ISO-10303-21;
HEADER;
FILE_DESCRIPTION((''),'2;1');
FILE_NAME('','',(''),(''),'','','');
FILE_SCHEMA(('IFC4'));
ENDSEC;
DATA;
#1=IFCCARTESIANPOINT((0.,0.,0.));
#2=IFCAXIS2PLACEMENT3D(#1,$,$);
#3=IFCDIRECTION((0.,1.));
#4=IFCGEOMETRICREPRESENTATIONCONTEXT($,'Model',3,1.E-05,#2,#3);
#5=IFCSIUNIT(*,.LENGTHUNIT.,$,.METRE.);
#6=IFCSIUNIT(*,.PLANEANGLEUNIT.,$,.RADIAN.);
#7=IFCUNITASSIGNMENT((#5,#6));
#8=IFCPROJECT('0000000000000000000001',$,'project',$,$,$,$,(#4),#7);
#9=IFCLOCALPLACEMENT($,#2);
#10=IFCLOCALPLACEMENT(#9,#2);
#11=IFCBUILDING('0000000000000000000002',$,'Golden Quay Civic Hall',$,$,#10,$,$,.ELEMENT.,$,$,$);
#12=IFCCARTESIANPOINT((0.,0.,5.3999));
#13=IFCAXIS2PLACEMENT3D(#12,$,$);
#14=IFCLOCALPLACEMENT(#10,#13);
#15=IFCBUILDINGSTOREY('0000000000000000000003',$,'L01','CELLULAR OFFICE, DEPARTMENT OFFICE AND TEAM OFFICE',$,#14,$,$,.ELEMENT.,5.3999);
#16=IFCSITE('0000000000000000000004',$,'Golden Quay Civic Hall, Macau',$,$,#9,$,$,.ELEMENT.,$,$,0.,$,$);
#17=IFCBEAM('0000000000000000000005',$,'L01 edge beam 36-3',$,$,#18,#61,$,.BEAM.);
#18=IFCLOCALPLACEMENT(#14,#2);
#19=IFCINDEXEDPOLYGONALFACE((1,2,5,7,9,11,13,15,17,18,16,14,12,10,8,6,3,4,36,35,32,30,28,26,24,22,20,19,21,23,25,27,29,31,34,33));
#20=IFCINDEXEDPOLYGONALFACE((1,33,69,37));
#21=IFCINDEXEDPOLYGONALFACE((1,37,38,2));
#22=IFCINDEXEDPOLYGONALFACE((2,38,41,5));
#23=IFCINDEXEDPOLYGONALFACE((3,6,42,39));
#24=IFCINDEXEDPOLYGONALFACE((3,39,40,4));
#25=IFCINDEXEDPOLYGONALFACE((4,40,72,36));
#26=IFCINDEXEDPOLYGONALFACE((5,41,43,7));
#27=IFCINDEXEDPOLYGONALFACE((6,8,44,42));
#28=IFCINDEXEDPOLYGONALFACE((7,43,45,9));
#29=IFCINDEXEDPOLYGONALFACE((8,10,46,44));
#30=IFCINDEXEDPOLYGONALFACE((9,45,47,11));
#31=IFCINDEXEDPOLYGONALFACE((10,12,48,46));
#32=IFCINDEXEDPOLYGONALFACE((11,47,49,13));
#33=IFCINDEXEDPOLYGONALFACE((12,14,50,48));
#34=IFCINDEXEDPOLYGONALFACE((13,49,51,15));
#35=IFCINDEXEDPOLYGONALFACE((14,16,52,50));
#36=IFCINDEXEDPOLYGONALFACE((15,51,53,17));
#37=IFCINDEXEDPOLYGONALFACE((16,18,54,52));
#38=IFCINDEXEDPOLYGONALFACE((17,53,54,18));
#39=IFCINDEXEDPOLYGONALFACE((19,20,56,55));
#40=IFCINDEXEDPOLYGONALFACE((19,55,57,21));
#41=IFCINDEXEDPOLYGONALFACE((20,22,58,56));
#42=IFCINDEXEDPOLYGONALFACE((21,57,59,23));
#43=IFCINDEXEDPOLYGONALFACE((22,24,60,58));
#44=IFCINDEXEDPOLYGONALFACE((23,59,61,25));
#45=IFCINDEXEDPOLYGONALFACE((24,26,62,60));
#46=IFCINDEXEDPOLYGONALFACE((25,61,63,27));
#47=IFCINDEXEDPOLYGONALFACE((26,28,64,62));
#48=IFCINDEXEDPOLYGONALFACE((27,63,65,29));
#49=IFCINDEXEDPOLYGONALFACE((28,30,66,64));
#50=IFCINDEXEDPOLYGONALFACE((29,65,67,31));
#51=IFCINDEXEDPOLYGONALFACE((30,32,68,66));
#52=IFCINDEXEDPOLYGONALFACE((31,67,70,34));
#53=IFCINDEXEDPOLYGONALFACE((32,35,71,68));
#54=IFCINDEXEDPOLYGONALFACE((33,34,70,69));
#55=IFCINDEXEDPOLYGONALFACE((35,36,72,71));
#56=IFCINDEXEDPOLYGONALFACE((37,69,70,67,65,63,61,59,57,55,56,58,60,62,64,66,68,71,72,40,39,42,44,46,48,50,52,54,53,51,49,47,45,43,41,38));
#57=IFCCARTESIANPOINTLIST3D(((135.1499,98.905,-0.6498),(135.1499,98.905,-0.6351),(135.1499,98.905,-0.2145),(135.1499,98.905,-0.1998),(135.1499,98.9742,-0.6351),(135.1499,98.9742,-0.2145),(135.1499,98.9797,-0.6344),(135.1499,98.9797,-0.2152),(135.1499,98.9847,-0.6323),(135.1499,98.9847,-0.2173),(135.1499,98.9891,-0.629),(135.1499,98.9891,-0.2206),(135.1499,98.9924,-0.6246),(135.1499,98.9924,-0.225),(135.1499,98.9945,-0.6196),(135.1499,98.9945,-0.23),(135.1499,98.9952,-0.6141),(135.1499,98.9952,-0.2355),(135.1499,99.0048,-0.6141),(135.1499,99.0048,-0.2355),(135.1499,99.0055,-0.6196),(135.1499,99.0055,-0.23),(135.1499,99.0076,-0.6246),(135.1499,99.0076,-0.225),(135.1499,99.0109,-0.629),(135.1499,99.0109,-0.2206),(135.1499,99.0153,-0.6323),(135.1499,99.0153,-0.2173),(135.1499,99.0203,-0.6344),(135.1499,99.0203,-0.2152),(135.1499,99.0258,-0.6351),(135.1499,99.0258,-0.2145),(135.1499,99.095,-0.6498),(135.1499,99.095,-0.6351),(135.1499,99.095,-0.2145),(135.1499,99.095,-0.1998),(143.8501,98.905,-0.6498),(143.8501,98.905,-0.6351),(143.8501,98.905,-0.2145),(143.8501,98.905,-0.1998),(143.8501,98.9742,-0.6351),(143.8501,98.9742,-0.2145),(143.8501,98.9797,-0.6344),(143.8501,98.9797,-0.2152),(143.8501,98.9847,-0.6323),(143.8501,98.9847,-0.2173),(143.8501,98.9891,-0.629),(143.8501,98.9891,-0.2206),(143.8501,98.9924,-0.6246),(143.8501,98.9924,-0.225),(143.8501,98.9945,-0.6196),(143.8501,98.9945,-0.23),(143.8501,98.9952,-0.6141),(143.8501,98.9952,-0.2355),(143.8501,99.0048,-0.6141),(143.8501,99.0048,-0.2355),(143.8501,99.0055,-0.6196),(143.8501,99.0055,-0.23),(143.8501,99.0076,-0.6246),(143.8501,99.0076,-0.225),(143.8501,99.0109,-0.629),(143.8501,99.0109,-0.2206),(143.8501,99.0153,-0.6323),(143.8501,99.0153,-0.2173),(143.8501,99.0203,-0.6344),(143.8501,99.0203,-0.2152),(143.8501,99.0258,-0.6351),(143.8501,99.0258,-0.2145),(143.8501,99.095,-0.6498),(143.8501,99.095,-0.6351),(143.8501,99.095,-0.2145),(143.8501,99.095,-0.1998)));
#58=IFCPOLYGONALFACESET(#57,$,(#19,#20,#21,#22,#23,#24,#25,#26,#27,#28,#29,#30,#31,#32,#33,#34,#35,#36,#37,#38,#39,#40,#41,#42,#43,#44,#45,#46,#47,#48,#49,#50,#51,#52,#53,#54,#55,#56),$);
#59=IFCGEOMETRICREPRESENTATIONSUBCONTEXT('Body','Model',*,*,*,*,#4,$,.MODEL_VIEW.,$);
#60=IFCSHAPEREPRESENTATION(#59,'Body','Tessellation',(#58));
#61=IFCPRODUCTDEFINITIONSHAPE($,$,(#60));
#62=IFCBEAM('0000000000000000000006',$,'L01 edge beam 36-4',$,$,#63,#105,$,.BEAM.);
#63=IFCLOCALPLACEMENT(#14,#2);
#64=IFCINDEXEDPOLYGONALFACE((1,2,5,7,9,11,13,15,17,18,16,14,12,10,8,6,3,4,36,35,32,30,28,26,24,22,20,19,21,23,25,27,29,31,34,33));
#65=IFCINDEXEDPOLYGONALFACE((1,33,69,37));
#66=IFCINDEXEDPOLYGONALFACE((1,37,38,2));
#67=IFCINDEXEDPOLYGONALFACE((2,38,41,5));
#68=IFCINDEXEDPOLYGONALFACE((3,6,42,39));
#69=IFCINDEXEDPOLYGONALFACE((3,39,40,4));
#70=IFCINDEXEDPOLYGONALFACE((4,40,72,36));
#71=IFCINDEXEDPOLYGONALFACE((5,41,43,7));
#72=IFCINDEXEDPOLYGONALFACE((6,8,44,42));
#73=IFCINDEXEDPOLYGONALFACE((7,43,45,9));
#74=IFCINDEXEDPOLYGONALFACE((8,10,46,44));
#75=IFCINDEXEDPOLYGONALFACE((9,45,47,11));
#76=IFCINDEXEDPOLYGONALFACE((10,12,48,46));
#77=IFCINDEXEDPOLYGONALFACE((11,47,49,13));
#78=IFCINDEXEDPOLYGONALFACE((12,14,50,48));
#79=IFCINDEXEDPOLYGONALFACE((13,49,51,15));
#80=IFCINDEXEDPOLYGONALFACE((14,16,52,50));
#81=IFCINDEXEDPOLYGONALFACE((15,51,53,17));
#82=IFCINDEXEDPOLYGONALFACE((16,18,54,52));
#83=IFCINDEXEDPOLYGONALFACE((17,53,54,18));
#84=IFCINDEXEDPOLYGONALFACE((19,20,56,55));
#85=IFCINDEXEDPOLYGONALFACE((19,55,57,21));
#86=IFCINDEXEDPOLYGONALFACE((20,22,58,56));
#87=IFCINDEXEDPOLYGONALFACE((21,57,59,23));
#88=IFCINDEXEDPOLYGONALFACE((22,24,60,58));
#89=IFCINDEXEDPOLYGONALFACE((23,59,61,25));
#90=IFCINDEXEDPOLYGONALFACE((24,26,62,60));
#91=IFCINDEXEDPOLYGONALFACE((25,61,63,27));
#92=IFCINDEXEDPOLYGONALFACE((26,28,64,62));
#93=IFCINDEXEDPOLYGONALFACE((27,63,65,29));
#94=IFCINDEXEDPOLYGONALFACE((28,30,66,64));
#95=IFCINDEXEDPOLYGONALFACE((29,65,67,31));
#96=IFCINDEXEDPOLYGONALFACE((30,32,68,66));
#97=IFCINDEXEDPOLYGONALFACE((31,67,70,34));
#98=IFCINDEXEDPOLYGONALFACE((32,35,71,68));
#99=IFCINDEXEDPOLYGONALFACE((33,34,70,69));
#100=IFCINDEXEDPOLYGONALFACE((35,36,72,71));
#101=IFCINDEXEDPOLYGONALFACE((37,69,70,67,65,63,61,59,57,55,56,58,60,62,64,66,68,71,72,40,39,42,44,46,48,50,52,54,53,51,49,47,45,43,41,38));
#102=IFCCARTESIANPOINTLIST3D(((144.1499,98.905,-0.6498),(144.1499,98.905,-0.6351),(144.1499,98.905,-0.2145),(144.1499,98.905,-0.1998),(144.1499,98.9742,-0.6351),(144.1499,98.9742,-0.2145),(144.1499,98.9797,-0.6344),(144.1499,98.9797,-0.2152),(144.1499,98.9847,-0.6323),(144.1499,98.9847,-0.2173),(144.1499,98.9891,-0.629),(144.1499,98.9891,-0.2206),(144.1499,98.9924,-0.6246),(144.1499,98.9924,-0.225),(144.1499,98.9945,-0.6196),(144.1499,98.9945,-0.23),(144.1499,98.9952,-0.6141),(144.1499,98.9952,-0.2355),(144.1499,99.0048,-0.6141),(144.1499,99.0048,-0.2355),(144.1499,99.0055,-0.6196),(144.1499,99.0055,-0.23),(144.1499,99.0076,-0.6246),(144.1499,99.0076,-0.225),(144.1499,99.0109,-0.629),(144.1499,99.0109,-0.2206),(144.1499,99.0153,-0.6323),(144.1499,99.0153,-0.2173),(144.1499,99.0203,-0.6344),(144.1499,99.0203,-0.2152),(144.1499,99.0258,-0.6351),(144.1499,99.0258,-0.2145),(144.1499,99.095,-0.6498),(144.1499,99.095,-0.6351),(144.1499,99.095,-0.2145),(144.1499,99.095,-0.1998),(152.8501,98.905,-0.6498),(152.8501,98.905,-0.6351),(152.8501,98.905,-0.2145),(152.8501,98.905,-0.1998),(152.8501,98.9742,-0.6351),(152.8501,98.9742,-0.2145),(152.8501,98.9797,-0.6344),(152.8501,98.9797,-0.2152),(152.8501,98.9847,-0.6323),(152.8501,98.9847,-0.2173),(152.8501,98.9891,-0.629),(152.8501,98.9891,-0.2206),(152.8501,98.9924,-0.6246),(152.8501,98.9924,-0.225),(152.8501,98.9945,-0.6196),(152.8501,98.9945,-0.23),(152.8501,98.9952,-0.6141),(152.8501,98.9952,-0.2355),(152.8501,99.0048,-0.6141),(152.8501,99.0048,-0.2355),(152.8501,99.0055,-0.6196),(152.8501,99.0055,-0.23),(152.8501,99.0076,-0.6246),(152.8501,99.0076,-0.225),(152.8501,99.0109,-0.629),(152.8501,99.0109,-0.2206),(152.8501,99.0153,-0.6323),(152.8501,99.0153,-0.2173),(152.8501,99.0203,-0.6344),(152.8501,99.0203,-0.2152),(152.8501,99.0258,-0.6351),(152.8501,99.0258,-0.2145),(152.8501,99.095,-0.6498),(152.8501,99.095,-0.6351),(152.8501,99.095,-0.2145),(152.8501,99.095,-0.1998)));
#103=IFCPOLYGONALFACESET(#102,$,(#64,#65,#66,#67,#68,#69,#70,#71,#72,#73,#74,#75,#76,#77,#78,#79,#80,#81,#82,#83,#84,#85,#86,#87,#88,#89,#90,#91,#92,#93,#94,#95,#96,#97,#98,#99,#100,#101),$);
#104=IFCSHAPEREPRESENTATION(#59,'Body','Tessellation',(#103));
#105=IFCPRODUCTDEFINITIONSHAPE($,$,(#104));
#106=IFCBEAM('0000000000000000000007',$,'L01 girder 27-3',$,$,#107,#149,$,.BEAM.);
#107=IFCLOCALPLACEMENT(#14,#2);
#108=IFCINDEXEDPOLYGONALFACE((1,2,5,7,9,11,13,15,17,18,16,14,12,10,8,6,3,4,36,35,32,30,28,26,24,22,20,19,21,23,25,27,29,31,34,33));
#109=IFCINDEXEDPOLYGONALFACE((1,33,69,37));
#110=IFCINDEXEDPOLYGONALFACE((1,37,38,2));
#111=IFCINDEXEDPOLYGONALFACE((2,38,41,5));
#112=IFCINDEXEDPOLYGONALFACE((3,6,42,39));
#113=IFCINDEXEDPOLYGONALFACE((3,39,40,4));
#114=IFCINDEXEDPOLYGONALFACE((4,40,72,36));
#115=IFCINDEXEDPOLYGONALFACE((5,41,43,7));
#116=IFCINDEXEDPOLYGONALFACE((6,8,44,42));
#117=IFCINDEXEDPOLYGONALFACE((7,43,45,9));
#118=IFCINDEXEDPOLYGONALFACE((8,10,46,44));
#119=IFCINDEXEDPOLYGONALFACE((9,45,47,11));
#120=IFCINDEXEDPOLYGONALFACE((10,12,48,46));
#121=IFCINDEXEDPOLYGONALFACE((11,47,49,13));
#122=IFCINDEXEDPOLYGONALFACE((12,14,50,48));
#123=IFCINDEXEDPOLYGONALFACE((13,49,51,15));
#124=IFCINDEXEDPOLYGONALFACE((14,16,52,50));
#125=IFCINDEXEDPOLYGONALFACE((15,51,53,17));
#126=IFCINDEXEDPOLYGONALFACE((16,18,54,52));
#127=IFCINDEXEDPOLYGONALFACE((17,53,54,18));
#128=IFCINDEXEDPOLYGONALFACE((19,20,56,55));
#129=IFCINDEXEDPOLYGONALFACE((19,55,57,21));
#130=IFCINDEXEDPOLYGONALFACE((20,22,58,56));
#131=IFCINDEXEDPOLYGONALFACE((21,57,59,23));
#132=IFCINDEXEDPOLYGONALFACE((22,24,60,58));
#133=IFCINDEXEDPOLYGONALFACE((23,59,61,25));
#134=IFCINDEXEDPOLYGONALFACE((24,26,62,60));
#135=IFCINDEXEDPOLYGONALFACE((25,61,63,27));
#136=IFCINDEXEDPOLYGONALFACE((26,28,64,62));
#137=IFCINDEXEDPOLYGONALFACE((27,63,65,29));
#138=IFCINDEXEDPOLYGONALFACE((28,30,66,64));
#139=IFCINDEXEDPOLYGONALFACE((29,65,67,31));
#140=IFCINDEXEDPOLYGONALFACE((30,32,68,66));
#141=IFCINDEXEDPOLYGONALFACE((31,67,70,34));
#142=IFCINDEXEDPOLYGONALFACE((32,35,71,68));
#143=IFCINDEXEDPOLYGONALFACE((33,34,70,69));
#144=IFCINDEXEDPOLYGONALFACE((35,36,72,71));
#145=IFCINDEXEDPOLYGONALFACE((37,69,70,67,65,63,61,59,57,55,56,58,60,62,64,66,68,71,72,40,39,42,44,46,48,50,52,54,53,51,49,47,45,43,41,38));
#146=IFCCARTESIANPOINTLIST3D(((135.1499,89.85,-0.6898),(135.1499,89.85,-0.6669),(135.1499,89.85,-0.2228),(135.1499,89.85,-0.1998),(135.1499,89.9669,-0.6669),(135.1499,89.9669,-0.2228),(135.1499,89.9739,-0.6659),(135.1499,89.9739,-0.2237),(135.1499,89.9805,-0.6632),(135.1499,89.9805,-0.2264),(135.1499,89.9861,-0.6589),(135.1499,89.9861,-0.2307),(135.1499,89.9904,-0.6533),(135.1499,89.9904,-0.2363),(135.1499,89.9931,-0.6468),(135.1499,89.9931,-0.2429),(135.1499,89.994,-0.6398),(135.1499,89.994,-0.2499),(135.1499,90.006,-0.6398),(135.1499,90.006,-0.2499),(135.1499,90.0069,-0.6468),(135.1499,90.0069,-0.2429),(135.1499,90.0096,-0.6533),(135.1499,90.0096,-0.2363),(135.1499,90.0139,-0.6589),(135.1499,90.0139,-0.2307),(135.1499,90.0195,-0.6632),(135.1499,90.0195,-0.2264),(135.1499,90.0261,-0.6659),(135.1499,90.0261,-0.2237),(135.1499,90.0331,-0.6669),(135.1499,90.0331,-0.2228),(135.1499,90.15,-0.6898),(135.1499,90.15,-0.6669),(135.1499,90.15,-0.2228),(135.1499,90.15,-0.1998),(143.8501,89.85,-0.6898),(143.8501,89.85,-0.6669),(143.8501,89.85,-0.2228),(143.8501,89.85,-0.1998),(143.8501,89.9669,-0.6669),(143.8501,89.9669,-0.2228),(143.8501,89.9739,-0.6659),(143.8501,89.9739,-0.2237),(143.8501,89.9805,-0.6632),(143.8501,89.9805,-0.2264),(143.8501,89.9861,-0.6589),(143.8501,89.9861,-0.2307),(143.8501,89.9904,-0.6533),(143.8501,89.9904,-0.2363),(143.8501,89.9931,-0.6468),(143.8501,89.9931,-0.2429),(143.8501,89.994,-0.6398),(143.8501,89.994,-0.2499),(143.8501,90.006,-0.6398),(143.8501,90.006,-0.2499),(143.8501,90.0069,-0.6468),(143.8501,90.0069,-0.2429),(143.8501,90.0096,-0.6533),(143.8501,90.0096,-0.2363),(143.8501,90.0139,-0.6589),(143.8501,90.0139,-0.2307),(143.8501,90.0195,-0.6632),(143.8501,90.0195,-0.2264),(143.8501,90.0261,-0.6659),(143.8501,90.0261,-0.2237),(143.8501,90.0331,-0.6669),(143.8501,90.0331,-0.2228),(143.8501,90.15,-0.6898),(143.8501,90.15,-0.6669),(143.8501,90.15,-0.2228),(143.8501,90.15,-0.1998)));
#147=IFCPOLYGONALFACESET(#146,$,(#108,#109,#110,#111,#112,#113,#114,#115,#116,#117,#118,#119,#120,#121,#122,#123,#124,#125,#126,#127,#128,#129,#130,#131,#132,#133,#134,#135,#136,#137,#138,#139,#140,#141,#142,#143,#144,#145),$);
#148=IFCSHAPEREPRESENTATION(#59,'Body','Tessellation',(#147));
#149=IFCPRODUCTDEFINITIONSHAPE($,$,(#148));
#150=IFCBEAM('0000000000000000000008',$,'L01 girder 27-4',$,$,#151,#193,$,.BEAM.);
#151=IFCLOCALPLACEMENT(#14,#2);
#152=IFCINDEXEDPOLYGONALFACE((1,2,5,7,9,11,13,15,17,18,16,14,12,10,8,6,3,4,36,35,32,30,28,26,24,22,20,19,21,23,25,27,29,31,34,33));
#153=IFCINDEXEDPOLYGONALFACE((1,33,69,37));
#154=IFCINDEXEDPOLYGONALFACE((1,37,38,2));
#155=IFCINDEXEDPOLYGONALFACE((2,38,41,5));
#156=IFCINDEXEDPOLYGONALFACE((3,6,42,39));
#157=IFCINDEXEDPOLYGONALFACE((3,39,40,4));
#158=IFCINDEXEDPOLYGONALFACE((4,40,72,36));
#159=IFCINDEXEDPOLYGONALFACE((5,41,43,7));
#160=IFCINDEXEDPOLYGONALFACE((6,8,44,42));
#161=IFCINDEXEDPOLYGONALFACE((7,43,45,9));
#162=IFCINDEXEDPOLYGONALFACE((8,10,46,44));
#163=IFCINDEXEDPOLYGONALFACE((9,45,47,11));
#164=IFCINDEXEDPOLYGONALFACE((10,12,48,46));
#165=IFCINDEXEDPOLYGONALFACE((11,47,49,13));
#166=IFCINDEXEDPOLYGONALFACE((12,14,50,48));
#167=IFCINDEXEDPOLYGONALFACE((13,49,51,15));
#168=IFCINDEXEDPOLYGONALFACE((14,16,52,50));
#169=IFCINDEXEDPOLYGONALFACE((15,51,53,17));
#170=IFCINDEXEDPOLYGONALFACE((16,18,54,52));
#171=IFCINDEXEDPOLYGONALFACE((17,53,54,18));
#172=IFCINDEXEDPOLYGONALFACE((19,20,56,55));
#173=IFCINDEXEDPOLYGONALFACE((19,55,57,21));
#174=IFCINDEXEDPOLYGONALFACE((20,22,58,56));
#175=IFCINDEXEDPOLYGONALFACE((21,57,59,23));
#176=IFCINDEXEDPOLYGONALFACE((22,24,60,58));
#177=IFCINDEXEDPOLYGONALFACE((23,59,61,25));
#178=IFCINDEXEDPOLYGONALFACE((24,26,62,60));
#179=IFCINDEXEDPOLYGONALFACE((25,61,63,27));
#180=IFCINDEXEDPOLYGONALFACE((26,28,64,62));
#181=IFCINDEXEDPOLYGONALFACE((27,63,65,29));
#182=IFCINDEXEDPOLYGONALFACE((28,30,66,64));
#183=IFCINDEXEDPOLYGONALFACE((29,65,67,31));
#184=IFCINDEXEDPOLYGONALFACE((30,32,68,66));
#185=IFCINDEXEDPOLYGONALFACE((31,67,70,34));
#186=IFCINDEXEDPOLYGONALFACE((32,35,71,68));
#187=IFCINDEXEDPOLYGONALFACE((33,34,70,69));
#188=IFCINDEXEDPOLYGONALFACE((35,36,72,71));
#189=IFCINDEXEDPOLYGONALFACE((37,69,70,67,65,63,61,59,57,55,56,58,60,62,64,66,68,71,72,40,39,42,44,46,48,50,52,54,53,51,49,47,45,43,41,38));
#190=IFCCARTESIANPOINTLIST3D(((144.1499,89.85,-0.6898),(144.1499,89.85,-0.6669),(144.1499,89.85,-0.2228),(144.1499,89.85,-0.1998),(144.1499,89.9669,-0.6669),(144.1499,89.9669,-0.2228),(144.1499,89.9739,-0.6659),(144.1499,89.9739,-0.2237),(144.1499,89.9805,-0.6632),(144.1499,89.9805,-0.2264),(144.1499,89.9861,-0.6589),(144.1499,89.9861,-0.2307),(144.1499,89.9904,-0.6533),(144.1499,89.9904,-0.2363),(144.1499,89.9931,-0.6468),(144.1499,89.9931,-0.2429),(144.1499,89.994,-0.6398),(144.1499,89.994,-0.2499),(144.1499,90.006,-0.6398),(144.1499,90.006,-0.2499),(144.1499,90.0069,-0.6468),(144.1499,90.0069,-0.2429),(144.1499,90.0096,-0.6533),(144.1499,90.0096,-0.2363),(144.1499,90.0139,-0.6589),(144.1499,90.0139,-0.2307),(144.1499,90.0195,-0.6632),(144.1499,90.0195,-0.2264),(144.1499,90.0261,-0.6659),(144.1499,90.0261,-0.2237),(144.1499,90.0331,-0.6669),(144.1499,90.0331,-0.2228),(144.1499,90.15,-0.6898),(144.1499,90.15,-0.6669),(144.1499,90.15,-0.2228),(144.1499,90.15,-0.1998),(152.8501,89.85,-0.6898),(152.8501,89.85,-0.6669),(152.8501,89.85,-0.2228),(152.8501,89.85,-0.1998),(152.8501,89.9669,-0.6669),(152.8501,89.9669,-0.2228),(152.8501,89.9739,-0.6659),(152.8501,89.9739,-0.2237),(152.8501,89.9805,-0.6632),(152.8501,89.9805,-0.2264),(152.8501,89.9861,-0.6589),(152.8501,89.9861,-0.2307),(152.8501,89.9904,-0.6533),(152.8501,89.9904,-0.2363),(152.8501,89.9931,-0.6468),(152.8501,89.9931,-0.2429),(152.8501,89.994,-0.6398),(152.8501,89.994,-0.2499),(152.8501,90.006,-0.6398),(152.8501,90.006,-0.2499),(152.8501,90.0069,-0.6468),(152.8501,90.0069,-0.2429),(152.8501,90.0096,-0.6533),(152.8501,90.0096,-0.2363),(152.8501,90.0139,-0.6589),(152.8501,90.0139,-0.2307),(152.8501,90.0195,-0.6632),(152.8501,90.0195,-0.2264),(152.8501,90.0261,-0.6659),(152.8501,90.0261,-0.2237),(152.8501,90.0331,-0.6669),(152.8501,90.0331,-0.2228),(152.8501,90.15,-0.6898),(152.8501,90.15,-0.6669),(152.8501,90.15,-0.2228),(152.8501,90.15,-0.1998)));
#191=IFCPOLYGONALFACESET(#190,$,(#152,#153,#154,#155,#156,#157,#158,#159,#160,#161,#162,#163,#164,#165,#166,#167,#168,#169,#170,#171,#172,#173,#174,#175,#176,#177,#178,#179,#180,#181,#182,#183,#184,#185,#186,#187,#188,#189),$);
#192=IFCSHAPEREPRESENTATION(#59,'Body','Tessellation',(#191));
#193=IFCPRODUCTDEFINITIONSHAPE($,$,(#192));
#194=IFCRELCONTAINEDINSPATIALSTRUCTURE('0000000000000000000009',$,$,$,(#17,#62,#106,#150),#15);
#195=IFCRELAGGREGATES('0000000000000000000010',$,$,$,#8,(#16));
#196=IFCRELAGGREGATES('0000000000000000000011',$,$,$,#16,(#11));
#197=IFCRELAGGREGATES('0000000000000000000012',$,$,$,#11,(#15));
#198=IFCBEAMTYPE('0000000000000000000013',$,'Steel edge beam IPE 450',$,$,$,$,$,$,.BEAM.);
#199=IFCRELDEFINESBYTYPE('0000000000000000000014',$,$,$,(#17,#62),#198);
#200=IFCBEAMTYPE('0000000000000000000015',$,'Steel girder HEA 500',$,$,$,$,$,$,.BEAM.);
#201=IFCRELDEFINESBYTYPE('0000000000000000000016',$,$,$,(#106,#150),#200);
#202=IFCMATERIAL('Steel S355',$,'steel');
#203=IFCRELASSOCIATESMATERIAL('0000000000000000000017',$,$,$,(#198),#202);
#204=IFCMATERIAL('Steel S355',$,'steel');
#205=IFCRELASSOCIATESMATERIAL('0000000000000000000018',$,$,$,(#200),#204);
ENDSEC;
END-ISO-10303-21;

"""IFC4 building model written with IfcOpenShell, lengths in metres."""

from ifc_helpers import new_model, si_unit, direction, frame, origin, origin_2d, place, context, subcontext, project, spatial, i_section, extrude, material, material_profile, profile_set, type_object, element, save


model = new_model("IFC4")

# Units and contexts
model_context = context("Model", 3, precision=1e-05, world=origin(), true_north=direction((0.0, 1.0)))
body_context = subcontext(model_context, "Body", "Model", "MODEL_VIEW")
ifc_project = project(units=[si_unit("LENGTHUNIT", "METRE"), si_unit("PLANEANGLEUNIT", "RADIAN")], contexts=[model_context])

# Site, building, storey
site_placement = place(None, origin())
site = spatial("IfcSite", under=ifc_project, at=site_placement, Name="Golden Quay Civic Hall, Macau", CompositionType="ELEMENT", RefElevation=0.0)
building_placement = place(site_placement, origin())
building = spatial("IfcBuilding", under=site, at=building_placement, Name="Golden Quay Civic Hall", CompositionType="ELEMENT")
storey_placement = place(building_placement, frame((0.0, 0.0, 5.3999)))
storey = spatial("IfcBuildingStorey", under=building, at=storey_placement, Name="L01", Description="CELLULAR OFFICE, DEPARTMENT OFFICE AND TEAM OFFICE", CompositionType="ELEMENT", Elevation=5.3999)

# Beams
ifc_material_1 = material(Name="Steel S355", Category="steel")
ifc_material_profile_1 = material_profile(ifc_material_1, i_section(OverallWidth=0.1899, OverallDepth=0.45, WebThickness=0.0095, FlangeThickness=0.0146, FilletRadius=0.021, at=origin_2d()), Name="IPE 450")
ifc_profile_set_1 = profile_set([ifc_material_profile_1], Name="Steel S355")
beam_type_1 = type_object("IfcBeamType", Name="Steel edge beam IPE 450", PredefinedType="BEAM", material=ifc_profile_set_1)
for number, where, z_axis, x_axis, name in (
    (1, (135.1499, 99.0, -0.4248), (1.0, 0.0, 0.0), (0.0, 1.0, 0.0), "L01 edge beam 36-3"),
    (2, (144.1499, 99.0, -0.4248), (1.0, 0.0, 0.0), (0.0, 1.0, 0.0), "L01 edge beam 36-4"),
):
    element("IfcBeam", number, at=place(storey_placement, frame(where, z_axis=z_axis, x_axis=x_axis)), inside=storey, type_object=beam_type_1, Name=name, PredefinedType="BEAM", context=body_context, shape_type="SweptSolid", body=[
        extrude(i_section(OverallWidth=0.1899, OverallDepth=0.45, WebThickness=0.0095, FlangeThickness=0.0146, FilletRadius=0.021, at=origin_2d()), origin(), (0.0, 0.0, 1.0), 8.7002),
    ])
ifc_material_2 = material(Name="Steel S355", Category="steel")
ifc_material_profile_2 = material_profile(ifc_material_2, i_section(OverallWidth=0.3, OverallDepth=0.49, WebThickness=0.012, FlangeThickness=0.0229, FilletRadius=0.0271, at=origin_2d()), Name="HEA 500")
ifc_profile_set_2 = profile_set([ifc_material_profile_2], Name="Steel S355")
beam_type_2 = type_object("IfcBeamType", Name="Steel girder HEA 500", PredefinedType="BEAM", material=ifc_profile_set_2)
for number, where, z_axis, x_axis, name in (
    (3, (135.1499, 90.0, -0.4448), (1.0, 0.0, 0.0), (0.0, 1.0, 0.0), "L01 girder 27-3"),
    (4, (144.1499, 90.0, -0.4448), (1.0, 0.0, 0.0), (0.0, 1.0, 0.0), "L01 girder 27-4"),
):
    element("IfcBeam", number, at=place(storey_placement, frame(where, z_axis=z_axis, x_axis=x_axis)), inside=storey, type_object=beam_type_2, Name=name, PredefinedType="BEAM", context=body_context, shape_type="SweptSolid", body=[
        extrude(i_section(OverallWidth=0.3, OverallDepth=0.49, WebThickness=0.012, FlangeThickness=0.0229, FilletRadius=0.0271, at=origin_2d()), origin(), (0.0, 0.0, 1.0), 8.7002),
    ])

save(model, "model.ifc")
